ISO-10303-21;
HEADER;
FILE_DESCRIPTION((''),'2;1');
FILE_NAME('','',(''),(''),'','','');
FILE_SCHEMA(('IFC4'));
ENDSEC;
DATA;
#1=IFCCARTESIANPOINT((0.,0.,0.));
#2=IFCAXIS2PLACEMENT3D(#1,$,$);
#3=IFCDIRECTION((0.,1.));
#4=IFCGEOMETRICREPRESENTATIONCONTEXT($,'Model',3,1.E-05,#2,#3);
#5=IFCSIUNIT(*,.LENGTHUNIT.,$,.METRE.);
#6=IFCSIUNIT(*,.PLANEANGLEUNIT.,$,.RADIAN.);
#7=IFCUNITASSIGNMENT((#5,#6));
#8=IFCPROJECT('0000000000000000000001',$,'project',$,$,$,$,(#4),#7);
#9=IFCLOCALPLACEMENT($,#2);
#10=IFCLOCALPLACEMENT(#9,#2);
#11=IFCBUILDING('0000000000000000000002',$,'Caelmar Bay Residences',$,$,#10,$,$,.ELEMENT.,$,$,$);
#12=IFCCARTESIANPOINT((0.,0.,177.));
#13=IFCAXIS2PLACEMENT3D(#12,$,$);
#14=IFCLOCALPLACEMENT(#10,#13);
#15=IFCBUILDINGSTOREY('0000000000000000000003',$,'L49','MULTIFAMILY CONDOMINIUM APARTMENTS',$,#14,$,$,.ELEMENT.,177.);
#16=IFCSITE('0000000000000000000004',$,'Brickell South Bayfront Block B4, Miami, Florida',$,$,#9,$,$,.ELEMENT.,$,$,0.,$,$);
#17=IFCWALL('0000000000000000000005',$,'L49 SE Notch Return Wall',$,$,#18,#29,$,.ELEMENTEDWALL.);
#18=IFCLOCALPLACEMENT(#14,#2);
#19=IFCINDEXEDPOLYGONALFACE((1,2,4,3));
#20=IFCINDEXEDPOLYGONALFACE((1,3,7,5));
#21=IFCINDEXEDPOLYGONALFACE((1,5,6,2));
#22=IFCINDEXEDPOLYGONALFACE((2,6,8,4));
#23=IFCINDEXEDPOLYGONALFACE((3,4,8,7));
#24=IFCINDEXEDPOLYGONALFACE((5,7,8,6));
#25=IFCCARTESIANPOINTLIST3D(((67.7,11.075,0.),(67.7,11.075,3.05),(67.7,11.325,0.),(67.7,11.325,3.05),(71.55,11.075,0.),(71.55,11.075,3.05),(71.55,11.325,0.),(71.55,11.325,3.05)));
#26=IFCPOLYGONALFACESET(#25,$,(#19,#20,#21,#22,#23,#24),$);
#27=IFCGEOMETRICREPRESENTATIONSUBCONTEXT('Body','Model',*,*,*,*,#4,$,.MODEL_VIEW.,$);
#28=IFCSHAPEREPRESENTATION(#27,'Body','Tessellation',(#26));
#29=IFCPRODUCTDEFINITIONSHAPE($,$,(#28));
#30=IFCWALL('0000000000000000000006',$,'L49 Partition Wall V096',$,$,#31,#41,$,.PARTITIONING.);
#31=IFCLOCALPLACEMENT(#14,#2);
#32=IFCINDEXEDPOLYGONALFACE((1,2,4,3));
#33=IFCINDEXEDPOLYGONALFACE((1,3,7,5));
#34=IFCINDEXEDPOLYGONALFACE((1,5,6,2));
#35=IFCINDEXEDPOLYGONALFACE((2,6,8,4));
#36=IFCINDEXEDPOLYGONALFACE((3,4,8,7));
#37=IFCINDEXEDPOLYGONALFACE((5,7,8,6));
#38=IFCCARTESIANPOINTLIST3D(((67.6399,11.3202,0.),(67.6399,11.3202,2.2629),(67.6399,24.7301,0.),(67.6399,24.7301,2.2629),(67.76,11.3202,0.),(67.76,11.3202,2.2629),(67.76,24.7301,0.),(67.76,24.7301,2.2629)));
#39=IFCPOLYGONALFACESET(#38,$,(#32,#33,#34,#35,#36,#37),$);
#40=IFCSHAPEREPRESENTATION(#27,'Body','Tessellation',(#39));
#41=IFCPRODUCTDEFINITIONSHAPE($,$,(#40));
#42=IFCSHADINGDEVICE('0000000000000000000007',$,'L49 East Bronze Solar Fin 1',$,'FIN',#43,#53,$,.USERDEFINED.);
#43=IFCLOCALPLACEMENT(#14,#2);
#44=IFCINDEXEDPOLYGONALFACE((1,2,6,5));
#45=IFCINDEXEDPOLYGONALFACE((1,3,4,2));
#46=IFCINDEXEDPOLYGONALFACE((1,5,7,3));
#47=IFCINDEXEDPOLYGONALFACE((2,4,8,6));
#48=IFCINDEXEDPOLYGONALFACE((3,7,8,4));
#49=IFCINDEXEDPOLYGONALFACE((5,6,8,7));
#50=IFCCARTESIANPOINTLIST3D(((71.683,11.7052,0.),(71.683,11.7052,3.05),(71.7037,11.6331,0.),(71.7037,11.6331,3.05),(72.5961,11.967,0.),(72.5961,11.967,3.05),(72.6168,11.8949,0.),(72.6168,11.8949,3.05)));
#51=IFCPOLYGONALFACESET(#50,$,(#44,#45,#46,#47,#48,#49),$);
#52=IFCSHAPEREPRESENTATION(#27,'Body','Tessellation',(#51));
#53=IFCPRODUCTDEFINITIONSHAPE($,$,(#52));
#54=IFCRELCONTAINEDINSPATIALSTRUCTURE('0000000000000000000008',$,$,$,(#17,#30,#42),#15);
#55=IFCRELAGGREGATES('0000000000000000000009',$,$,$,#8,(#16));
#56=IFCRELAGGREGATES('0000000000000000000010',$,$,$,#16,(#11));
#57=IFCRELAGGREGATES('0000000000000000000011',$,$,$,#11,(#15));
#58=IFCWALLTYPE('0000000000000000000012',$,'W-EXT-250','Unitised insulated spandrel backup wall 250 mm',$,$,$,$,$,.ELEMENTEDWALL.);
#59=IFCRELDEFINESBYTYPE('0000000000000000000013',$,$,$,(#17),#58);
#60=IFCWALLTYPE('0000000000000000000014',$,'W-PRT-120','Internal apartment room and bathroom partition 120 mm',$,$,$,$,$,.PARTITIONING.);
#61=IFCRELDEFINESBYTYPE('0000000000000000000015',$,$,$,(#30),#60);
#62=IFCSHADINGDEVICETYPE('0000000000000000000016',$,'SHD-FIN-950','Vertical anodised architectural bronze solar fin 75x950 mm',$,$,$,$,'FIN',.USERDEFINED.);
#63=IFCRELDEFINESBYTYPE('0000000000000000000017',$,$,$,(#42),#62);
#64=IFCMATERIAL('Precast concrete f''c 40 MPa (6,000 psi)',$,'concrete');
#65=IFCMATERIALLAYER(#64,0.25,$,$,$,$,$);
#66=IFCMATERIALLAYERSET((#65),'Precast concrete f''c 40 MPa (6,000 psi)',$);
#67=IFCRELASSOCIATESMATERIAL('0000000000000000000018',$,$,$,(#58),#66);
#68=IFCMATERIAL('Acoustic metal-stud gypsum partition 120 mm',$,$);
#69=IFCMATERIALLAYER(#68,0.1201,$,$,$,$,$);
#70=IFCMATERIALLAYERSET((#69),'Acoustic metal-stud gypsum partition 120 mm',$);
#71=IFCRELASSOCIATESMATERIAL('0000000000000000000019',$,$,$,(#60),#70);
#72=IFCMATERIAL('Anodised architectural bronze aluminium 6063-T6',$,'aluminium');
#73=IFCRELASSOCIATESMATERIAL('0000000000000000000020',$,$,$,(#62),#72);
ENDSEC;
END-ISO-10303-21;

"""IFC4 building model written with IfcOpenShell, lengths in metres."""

from ifc_helpers import new_model, si_unit, direction, frame, frame_2d, origin, origin_2d, place, context, subcontext, project, spatial, rectangle, extrude, material, layer, layer_set, material_profile, profile_set, type_object, element, save


model = new_model("IFC4")

# Units and contexts
model_context = context("Model", 3, precision=1e-05, world=origin(), true_north=direction((0.0, 1.0)))
body_context = subcontext(model_context, "Body", "Model", "MODEL_VIEW")
ifc_project = project(units=[si_unit("LENGTHUNIT", "METRE"), si_unit("PLANEANGLEUNIT", "RADIAN")], contexts=[model_context])

# Site, building, storey
site_placement = place(None, origin())
site = spatial("IfcSite", under=ifc_project, at=site_placement, Name="Brickell South Bayfront Block B4, Miami, Florida", CompositionType="ELEMENT", RefElevation=0.0)
building_placement = place(site_placement, origin())
building = spatial("IfcBuilding", under=site, at=building_placement, Name="Caelmar Bay Residences", CompositionType="ELEMENT")
storey_placement = place(building_placement, frame((0.0, 0.0, 177.0)))
storey = spatial("IfcBuildingStorey", under=building, at=storey_placement, Name="L49", Description="MULTIFAMILY CONDOMINIUM APARTMENTS", CompositionType="ELEMENT", Elevation=177.0)

# Walls
ifc_material_1 = material(Name="Precast concrete f'c 40 MPa (6,000 psi)", Category="concrete")
ifc_layer_1 = layer(ifc_material_1, 0.25)
ifc_layer_set_1 = layer_set([ifc_layer_1], Name="Precast concrete f'c 40 MPa (6,000 psi)")
wall_type_1 = type_object("IfcWallType", Name="W-EXT-250", Description="Unitised insulated spandrel backup wall 250 mm", PredefinedType="ELEMENTEDWALL", material=ifc_layer_set_1)
wall_1_placement = place(storey_placement, frame((67.7, 11.2, 0.0), z_axis=(0.0, 0.0, 1.0), x_axis=(1.0, 0.0, 0.0)))
element("IfcWall", 1, at=wall_1_placement, inside=storey, type_object=wall_type_1, Name="L49 SE Notch Return Wall", PredefinedType="ELEMENTEDWALL", context=body_context, shape_type="SweptSolid", body=[
    extrude(rectangle(XDim=3.8501, YDim=0.25, at=frame_2d((1.925, 0.0))), origin(), (0.0, 0.0, 1.0), 3.05),
])
ifc_material_2 = material(Name="Acoustic metal-stud gypsum partition 120 mm")
ifc_layer_2 = layer(ifc_material_2, 0.1201)
ifc_layer_set_2 = layer_set([ifc_layer_2], Name="Acoustic metal-stud gypsum partition 120 mm")
wall_type_2 = type_object("IfcWallType", Name="W-PRT-120", Description="Internal apartment room and bathroom partition 120 mm", PredefinedType="PARTITIONING", material=ifc_layer_set_2)
wall_2_placement = place(storey_placement, frame((67.7, 11.3201, 0.0), z_axis=(0.0, 0.0, 1.0), x_axis=(0.0, 1.0, 0.0)))
element("IfcWall", 2, at=wall_2_placement, inside=storey, type_object=wall_type_2, Name="L49 Partition Wall V096", PredefinedType="PARTITIONING", context=body_context, shape_type="SweptSolid", body=[
    extrude(rectangle(XDim=13.4099, YDim=0.1201, at=frame_2d((6.7051, 0.0))), origin(), (0.0, 0.0, 1.0), 2.2629),
])

# Shading device
ifc_material_3 = material(Name="Anodised architectural bronze aluminium 6063-T6", Category="aluminium")
ifc_material_profile_1 = material_profile(ifc_material_3, rectangle(XDim=0.075, YDim=0.95, at=origin_2d()), Name="BRONZE-FIN-75X950")
ifc_profile_set_1 = profile_set([ifc_material_profile_1], Name="Anodised architectural bronze aluminium 6063-T6")
shading_device_type = type_object("IfcShadingDeviceType", Name="SHD-FIN-950", Description="Vertical anodised architectural bronze solar fin 75x950 mm", ElementType="FIN", PredefinedType="USERDEFINED", material=ifc_profile_set_1)
shading_device_placement = place(storey_placement, frame((72.1499, 11.8, 0.0), z_axis=(0.0, 0.0, 1.0), x_axis=(-0.275637, 0.961262, 0.0)))
element("IfcShadingDevice", 3, at=shading_device_placement, inside=storey, type_object=shading_device_type, Name="L49 East Bronze Solar Fin 1", ObjectType="FIN", PredefinedType="USERDEFINED", context=body_context, shape_type="SweptSolid", body=[
    extrude(rectangle(XDim=0.075, YDim=0.95, at=origin_2d()), origin(), (0.0, 0.0, 1.0), 3.05),
])

save(model, "model.ifc")
